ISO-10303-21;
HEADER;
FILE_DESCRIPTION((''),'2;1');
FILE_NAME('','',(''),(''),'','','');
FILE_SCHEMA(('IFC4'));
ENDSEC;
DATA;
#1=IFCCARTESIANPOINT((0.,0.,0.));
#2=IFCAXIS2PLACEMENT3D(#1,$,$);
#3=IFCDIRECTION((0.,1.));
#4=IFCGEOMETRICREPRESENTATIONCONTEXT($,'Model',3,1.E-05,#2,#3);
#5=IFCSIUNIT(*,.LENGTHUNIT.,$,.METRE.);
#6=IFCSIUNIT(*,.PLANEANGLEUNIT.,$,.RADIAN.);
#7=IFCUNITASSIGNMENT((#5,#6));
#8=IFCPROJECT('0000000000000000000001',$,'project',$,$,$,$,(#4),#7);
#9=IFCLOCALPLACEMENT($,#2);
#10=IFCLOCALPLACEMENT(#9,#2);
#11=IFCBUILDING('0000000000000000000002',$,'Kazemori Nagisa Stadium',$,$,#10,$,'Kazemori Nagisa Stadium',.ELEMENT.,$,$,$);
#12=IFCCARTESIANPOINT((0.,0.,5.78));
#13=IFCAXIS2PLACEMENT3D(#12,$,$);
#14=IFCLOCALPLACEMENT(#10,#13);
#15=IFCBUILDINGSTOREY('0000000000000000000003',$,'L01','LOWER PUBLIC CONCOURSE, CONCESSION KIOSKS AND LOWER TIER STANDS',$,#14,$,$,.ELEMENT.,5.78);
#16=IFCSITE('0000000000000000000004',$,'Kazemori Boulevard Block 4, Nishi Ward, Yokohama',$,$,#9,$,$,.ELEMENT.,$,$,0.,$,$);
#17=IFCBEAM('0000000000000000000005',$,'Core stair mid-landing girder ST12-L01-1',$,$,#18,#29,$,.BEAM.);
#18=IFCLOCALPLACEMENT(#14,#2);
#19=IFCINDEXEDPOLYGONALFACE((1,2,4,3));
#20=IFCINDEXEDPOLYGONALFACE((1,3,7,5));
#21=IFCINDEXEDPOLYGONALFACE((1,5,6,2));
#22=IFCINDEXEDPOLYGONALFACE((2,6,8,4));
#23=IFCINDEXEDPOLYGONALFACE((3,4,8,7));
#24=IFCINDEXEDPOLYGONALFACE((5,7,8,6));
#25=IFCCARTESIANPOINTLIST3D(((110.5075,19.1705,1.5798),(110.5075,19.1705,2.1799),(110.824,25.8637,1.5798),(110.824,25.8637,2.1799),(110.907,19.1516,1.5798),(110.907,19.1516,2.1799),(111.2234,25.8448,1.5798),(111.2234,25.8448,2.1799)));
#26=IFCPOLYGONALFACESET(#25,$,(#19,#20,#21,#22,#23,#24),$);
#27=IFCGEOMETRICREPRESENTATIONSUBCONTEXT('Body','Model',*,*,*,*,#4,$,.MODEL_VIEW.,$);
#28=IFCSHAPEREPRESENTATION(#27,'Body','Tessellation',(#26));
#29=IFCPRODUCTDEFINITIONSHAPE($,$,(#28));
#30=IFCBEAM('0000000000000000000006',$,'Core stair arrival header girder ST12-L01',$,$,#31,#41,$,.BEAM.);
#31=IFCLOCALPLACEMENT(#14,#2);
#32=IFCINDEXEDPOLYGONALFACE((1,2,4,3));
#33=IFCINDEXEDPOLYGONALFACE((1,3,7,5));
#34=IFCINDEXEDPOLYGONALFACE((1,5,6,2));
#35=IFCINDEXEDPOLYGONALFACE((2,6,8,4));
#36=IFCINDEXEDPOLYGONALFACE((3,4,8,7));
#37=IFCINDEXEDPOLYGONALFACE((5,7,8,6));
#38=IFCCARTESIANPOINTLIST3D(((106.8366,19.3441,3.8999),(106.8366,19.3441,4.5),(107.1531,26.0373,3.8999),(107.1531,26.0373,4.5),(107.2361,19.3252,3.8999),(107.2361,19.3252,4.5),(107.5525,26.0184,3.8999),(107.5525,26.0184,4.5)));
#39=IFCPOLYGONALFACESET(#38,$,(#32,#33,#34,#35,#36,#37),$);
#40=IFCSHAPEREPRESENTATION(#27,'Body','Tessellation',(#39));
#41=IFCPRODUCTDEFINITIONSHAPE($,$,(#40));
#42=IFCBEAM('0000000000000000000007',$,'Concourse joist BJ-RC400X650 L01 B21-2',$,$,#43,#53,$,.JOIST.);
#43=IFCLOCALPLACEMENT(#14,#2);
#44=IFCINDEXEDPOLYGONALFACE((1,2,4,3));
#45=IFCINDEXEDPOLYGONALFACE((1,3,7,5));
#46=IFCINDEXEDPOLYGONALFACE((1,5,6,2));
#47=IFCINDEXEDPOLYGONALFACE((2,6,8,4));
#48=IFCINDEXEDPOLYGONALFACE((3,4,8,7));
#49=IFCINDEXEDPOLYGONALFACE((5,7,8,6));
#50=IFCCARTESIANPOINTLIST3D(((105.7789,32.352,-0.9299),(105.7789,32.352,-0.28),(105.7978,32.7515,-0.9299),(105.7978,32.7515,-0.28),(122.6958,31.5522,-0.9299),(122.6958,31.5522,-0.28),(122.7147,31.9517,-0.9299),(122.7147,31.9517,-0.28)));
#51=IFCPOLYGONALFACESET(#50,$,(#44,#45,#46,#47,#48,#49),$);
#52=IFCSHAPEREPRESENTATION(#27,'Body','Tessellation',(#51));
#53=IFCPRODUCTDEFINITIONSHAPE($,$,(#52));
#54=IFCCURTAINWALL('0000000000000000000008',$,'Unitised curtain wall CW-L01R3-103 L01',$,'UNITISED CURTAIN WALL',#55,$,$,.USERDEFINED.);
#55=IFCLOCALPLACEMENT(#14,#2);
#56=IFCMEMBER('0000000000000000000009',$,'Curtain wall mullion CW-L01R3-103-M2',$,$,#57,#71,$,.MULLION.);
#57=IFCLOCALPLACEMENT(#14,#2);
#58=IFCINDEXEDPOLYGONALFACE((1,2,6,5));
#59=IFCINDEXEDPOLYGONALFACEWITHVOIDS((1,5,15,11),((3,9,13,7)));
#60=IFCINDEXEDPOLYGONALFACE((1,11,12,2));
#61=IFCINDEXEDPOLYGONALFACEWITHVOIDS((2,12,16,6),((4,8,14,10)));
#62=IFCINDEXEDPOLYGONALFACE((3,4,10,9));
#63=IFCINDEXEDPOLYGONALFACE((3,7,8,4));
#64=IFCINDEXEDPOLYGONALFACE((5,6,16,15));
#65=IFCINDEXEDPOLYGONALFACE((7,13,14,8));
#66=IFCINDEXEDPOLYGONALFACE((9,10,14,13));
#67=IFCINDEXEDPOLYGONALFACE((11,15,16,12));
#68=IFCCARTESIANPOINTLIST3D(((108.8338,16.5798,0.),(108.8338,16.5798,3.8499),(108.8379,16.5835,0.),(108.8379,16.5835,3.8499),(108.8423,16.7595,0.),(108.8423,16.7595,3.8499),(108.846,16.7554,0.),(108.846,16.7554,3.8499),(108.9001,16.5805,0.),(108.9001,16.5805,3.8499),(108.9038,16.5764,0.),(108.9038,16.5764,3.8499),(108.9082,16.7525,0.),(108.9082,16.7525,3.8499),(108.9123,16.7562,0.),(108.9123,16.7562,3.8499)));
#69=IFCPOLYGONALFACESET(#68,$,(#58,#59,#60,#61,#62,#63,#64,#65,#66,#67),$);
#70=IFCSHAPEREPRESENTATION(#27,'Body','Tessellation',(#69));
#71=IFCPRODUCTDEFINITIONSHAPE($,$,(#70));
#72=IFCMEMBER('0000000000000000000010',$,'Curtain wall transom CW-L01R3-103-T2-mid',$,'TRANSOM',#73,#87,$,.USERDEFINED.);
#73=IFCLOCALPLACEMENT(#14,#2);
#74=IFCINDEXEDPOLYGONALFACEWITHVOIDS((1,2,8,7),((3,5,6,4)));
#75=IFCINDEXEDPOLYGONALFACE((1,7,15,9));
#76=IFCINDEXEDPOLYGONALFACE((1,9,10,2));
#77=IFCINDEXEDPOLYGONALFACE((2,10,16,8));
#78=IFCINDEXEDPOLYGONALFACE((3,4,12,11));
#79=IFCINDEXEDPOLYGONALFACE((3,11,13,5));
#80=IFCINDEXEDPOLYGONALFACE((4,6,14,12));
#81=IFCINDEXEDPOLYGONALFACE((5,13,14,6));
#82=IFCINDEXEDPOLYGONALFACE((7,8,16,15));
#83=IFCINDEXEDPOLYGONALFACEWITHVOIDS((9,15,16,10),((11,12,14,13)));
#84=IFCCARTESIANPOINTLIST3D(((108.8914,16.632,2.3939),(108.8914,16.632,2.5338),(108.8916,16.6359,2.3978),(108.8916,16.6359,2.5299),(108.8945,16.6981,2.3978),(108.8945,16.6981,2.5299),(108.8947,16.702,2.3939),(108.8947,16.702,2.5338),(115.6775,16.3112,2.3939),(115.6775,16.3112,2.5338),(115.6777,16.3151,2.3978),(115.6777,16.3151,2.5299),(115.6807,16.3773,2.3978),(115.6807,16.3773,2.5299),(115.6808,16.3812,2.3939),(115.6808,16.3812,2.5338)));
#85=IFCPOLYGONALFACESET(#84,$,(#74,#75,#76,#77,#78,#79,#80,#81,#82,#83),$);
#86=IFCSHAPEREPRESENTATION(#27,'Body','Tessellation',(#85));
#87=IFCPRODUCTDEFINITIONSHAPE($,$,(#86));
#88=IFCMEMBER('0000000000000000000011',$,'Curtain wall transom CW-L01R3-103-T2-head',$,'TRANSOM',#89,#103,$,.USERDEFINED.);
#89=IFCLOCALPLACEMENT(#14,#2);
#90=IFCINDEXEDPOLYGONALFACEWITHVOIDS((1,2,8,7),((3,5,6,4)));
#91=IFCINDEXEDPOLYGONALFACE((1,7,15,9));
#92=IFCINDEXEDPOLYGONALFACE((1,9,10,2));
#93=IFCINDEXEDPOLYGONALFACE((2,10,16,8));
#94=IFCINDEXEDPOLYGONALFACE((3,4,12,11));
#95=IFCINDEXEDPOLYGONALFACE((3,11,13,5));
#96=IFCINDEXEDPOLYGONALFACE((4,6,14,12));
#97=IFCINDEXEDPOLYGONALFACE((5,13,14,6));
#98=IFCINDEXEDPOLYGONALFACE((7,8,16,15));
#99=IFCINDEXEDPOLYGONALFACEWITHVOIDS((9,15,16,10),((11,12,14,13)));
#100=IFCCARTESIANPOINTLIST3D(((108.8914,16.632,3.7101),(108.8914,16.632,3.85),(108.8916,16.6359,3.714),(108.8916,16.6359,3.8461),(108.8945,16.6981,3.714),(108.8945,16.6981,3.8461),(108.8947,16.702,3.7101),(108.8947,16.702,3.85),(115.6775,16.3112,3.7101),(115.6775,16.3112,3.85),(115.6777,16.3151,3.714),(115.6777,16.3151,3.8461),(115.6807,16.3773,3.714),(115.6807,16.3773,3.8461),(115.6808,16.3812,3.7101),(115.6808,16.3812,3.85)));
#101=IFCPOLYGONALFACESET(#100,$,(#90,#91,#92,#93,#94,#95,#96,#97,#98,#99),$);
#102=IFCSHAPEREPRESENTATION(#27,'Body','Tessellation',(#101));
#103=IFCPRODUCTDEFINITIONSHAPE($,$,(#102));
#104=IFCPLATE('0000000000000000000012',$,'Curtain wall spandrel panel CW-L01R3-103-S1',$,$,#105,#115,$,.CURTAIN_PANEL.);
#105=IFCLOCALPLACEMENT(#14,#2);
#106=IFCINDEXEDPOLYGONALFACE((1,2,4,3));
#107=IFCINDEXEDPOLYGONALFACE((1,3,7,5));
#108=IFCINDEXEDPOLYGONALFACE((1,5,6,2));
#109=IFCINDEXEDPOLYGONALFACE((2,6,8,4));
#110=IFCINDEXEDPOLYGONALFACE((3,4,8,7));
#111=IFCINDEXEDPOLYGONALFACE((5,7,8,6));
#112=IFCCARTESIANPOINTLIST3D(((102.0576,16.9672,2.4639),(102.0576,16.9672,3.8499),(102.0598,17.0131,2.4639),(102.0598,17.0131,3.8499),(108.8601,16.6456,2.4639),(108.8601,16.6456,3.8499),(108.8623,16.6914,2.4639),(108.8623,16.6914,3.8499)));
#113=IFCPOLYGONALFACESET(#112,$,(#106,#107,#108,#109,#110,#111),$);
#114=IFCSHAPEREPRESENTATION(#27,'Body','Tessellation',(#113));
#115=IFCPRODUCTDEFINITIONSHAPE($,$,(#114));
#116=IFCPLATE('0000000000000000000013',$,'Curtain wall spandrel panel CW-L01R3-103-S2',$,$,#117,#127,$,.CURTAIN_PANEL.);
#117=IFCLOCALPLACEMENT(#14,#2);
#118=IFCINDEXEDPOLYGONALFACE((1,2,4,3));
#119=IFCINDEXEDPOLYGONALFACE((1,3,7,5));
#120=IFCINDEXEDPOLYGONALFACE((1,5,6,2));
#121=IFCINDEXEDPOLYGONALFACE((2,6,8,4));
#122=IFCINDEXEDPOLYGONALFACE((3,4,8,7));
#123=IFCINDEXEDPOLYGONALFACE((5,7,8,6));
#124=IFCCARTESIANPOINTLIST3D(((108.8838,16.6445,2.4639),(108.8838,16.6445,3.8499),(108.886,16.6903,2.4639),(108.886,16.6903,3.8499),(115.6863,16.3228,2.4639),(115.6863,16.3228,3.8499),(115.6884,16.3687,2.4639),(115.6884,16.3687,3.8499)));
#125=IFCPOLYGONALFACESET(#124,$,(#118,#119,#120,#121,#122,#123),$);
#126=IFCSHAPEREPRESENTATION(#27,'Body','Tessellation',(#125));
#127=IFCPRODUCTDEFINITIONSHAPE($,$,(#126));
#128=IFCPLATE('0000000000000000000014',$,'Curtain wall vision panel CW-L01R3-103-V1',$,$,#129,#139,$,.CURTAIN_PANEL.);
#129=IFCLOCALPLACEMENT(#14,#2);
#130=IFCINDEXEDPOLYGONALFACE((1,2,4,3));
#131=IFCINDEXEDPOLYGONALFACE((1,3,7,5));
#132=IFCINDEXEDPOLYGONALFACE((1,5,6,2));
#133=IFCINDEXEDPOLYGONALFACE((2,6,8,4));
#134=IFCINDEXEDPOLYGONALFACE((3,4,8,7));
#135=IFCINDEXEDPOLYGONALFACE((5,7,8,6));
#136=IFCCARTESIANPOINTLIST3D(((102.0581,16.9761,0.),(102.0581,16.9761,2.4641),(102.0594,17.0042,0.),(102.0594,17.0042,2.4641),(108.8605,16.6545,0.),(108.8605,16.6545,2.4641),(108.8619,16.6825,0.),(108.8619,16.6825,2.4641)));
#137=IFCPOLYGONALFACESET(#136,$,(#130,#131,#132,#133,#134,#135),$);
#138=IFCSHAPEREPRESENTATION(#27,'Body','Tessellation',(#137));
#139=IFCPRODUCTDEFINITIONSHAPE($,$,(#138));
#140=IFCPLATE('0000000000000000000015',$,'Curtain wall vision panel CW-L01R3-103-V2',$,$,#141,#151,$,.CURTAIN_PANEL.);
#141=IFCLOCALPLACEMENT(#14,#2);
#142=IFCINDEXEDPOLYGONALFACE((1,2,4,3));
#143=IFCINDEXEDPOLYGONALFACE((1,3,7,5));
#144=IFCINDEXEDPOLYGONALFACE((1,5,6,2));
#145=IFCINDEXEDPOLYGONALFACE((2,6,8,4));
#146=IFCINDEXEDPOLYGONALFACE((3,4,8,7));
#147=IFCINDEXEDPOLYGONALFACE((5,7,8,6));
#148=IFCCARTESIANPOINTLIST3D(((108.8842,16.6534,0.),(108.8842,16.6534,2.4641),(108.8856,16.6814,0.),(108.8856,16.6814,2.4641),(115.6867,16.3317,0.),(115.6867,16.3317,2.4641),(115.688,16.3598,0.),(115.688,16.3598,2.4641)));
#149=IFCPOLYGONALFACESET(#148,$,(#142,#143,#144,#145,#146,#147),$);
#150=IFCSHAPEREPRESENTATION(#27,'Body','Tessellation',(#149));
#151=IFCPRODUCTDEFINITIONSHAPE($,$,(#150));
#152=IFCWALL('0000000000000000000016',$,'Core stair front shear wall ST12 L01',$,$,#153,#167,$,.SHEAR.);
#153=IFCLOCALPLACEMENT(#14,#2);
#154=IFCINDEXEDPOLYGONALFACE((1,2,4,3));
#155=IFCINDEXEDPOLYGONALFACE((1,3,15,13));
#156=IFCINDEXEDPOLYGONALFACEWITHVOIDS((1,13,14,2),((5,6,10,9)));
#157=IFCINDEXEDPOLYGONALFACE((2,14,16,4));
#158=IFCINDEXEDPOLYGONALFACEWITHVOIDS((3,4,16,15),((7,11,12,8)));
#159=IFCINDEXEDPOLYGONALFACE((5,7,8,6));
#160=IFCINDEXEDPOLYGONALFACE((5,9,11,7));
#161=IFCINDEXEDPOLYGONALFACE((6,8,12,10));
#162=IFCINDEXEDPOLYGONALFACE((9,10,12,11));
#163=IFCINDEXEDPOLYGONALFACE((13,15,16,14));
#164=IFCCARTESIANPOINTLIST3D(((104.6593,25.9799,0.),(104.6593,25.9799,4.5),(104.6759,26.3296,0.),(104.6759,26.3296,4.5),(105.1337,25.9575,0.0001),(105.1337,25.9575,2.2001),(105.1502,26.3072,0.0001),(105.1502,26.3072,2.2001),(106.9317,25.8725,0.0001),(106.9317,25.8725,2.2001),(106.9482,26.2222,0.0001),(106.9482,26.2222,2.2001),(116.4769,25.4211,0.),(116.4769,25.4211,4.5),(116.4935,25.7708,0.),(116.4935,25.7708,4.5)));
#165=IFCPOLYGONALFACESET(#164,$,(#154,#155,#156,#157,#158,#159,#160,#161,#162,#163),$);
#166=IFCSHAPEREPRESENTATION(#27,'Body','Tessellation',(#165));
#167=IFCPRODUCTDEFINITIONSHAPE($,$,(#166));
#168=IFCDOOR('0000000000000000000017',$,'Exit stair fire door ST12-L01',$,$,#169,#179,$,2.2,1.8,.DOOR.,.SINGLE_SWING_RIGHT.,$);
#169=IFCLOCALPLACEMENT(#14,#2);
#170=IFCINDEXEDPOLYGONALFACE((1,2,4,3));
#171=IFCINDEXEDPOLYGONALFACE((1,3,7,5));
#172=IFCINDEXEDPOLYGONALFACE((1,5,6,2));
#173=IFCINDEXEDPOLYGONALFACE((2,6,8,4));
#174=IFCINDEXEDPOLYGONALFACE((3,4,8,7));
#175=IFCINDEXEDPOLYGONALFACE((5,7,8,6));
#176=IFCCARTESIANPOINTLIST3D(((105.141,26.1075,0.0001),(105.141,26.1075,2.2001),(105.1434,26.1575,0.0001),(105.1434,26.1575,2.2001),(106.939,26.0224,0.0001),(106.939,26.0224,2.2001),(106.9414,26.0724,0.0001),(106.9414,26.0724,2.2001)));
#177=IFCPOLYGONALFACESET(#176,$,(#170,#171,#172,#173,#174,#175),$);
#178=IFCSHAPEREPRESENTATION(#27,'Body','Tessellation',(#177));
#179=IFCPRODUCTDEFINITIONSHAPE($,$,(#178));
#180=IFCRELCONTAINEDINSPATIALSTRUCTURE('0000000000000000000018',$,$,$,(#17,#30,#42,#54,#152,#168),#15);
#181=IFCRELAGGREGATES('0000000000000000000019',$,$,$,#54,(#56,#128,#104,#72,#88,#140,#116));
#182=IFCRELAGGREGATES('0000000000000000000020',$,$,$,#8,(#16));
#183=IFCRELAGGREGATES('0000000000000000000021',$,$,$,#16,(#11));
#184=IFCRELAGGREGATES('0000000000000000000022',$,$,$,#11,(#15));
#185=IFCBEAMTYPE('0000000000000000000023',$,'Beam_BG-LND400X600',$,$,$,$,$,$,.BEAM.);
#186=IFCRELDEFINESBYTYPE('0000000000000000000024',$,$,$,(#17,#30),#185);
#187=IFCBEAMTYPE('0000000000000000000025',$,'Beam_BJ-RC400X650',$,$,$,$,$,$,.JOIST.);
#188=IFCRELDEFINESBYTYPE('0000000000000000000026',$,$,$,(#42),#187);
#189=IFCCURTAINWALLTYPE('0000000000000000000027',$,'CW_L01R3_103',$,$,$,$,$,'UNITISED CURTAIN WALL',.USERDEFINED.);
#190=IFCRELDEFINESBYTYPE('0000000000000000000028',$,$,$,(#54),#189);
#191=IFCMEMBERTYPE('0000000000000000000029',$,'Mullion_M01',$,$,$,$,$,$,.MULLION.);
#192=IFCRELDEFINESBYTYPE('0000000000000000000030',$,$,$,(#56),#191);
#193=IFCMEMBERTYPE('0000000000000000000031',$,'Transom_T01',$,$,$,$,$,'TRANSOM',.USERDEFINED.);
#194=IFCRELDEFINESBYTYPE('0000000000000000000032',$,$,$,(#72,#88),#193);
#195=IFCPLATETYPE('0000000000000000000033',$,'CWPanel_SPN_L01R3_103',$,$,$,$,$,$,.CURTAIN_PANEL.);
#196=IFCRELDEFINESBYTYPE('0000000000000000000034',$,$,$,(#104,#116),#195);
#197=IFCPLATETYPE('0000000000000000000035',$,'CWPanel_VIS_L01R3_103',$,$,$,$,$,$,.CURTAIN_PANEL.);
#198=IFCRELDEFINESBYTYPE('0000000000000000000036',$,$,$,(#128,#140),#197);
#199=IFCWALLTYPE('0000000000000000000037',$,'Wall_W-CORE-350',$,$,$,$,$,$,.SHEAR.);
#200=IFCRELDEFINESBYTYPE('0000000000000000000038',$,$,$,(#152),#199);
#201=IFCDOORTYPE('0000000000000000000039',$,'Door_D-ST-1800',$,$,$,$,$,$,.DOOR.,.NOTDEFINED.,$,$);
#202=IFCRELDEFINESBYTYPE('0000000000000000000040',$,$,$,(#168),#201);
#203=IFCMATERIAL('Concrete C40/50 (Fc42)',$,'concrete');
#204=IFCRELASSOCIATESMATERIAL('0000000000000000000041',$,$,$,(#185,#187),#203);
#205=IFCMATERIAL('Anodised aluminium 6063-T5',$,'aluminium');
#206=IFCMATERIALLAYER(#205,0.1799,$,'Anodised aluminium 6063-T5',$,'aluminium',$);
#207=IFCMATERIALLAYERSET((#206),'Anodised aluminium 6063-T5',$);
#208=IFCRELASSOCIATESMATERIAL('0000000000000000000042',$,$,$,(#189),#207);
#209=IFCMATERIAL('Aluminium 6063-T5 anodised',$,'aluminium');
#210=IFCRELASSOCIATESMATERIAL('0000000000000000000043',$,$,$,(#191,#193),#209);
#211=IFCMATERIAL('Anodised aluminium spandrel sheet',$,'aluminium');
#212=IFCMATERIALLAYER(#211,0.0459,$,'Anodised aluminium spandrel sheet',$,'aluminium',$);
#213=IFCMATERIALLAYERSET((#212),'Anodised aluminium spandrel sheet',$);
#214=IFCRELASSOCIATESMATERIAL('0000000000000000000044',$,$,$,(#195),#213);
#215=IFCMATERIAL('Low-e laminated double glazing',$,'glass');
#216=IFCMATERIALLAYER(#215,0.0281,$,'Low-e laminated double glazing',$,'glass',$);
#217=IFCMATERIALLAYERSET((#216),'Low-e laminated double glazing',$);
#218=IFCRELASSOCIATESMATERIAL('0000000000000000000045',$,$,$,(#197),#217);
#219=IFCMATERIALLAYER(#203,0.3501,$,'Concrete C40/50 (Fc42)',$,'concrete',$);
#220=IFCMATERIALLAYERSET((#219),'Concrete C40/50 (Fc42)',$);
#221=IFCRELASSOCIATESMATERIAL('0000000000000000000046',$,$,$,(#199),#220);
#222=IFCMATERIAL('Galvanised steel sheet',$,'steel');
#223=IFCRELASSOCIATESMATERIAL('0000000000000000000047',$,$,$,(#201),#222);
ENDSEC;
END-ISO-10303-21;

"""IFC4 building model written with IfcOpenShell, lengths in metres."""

from ifc_helpers import new_model, si_unit, direction, frame, frame_2d, origin, origin_2d, place, context, subcontext, project, spatial, rectangle, hollow_rectangle, extrude, material, layer, layer_set, material_profile, profile_set, type_object, element, fill, aggregate, save


model = new_model("IFC4")

# Units and contexts
model_context = context("Model", 3, precision=1e-05, world=origin(), true_north=direction((0.0, 1.0)))
body_context = subcontext(model_context, "Body", "Model", "MODEL_VIEW")
ifc_project = project(units=[si_unit("LENGTHUNIT", "METRE"), si_unit("PLANEANGLEUNIT", "RADIAN")], contexts=[model_context])

# Site, building, storey
site_placement = place(None, origin())
site = spatial("IfcSite", under=ifc_project, at=site_placement, Name="Kazemori Boulevard Block 4, Nishi Ward, Yokohama", CompositionType="ELEMENT", RefElevation=0.0)
building_placement = place(site_placement, origin())
building = spatial("IfcBuilding", under=site, at=building_placement, Name="Kazemori Nagisa Stadium", LongName="Kazemori Nagisa Stadium", CompositionType="ELEMENT")
storey_placement = place(building_placement, frame((0.0, 0.0, 5.78)))
storey = spatial("IfcBuildingStorey", under=building, at=storey_placement, Name="L01", Description="LOWER PUBLIC CONCOURSE, CONCESSION KIOSKS AND LOWER TIER STANDS", CompositionType="ELEMENT", Elevation=5.78)

# Beams
ifc_material_1 = material(Name="Concrete C40/50 (Fc42)", Category="concrete")
ifc_material_profile_1 = material_profile(ifc_material_1, rectangle(XDim=0.3999, YDim=0.6001, at=origin_2d()), Name="RC-BM-400x600")
ifc_profile_set_1 = profile_set([ifc_material_profile_1], Name="Concrete C40/50 (Fc42)")
beam_type_1 = type_object("IfcBeamType", Name="Beam_BG-LND400X600", PredefinedType="BEAM", material=ifc_profile_set_1)
for number, where, z_axis, x_axis, name in (
    (1, (111.0237, 25.8542, 1.8799), (-0.047221, -0.998884, 0.0), (0.998884, -0.047221, 0.0), "Core stair mid-landing girder ST12-L01-1"),
    (2, (107.3528, 26.0278, 4.2), (-0.047221, -0.998884, 0.0), (0.998884, -0.047221, 0.0), "Core stair arrival header girder ST12-L01"),
):
    element("IfcBeam", number, at=place(storey_placement, frame(where, z_axis=z_axis, x_axis=x_axis)), inside=storey, type_object=beam_type_1, Name=name, PredefinedType="BEAM", context=body_context, shape_type="SweptSolid", body=[
        extrude(rectangle(XDim=0.3999, YDim=0.6001, at=origin_2d()), origin(), (0.0, 0.0, 1.0), 6.7007),
    ])
ifc_material_profile_2 = material_profile(ifc_material_1, rectangle(XDim=0.3999, YDim=0.6499, at=origin_2d()), Name="RC-BM-400x650")
ifc_profile_set_2 = profile_set([ifc_material_profile_2], Name="Concrete C40/50 (Fc42)")
beam_type_2 = type_object("IfcBeamType", Name="Beam_BJ-RC400X650", PredefinedType="JOIST", material=ifc_profile_set_2)
beam_placement = place(storey_placement, frame((105.7883, 32.5518, -0.605), z_axis=(0.998884, -0.047225, 0.0), x_axis=(0.047225, 0.998884, 0.0)))
element("IfcBeam", 3, at=beam_placement, inside=storey, type_object=beam_type_2, Name="Concourse joist BJ-RC400X650 L01 B21-2", PredefinedType="JOIST", context=body_context, shape_type="SweptSolid", body=[
    extrude(rectangle(XDim=0.3999, YDim=0.6499, at=origin_2d()), origin(), (0.0, 0.0, 1.0), 16.9358),
])

# Curtain wall, members, plates
ifc_material_2 = material(Name="Anodised aluminium 6063-T5", Category="aluminium")
ifc_layer_1 = layer(ifc_material_2, 0.1799, Name="Anodised aluminium 6063-T5", Category="aluminium")
ifc_layer_set_1 = layer_set([ifc_layer_1], Name="Anodised aluminium 6063-T5")
curtain_wall_type = type_object("IfcCurtainWallType", Name="CW_L01R3_103", ElementType="UNITISED CURTAIN WALL", PredefinedType="USERDEFINED", material=ifc_layer_set_1)
curtain_wall_placement = place(storey_placement, origin())
curtain_wall = element("IfcCurtainWall", 4, at=curtain_wall_placement, inside=storey, type_object=curtain_wall_type, Name="Unitised curtain wall CW-L01R3-103 L01", ObjectType="UNITISED CURTAIN WALL", PredefinedType="USERDEFINED")
ifc_material_3 = material(Name="Aluminium 6063-T5 anodised", Category="aluminium")
ifc_material_profile_3 = material_profile(ifc_material_3, hollow_rectangle(XDim=0.0701, YDim=0.1799, WallThickness=0.0039, at=origin_2d()), Name="ALU-MULL-70x180x4")
ifc_profile_set_3 = profile_set([ifc_material_profile_3], Name="Aluminium 6063-T5 anodised")
member_type_1 = type_object("IfcMemberType", Name="Mullion_M01", PredefinedType="MULLION", material=ifc_profile_set_3)
member_1_placement = place(storey_placement, frame((108.873, 16.668, 0.0), z_axis=(0.0, 0.0, 1.0), x_axis=(0.998884, -0.04723, 0.0)))
member_1 = element("IfcMember", 5, at=member_1_placement, type_object=member_type_1, Name="Curtain wall mullion CW-L01R3-103-M2", PredefinedType="MULLION", context=body_context, shape_type="SweptSolid", body=[
    extrude(hollow_rectangle(XDim=0.0701, YDim=0.1799, WallThickness=0.0039, at=origin_2d()), origin(), (0.0, 0.0, 1.0), 3.8499),
])
ifc_material_profile_4 = material_profile(ifc_material_3, hollow_rectangle(XDim=0.0701, YDim=0.1399, WallThickness=0.0039, at=origin_2d()), Name="ALU-TRAN-70x140x4")
ifc_profile_set_4 = profile_set([ifc_material_profile_4], Name="Aluminium 6063-T5 anodised")
member_type_2 = type_object("IfcMemberType", Name="Transom_T01", ElementType="TRANSOM", PredefinedType="USERDEFINED", material=ifc_profile_set_4)
member_2_placement = place(storey_placement, frame((108.8931, 16.667, 2.4639), z_axis=(0.998885, -0.04722, 0.0), x_axis=(0.04722, 0.998885, 0.0)))
member_2 = element("IfcMember", 6, at=member_2_placement, type_object=member_type_2, Name="Curtain wall transom CW-L01R3-103-T2-mid", ObjectType="TRANSOM", PredefinedType="USERDEFINED", context=body_context, shape_type="SweptSolid", body=[
    extrude(hollow_rectangle(XDim=0.0701, YDim=0.1399, WallThickness=0.0039, at=origin_2d()), origin(), (0.0, 0.0, 1.0), 6.7937),
])
member_3_placement = place(storey_placement, frame((108.8931, 16.667, 3.78), z_axis=(0.998885, -0.04722, 0.0), x_axis=(0.04722, 0.998885, 0.0)))
member_3 = element("IfcMember", 7, at=member_3_placement, type_object=member_type_2, Name="Curtain wall transom CW-L01R3-103-T2-head", ObjectType="TRANSOM", PredefinedType="USERDEFINED", context=body_context, shape_type="SweptSolid", body=[
    extrude(hollow_rectangle(XDim=0.0701, YDim=0.1399, WallThickness=0.0039, at=origin_2d()), origin(), (0.0, 0.0, 1.0), 6.7937),
])
ifc_material_4 = material(Name="Anodised aluminium spandrel sheet", Category="aluminium")
ifc_layer_2 = layer(ifc_material_4, 0.0459, Name="Anodised aluminium spandrel sheet", Category="aluminium")
ifc_layer_set_2 = layer_set([ifc_layer_2], Name="Anodised aluminium spandrel sheet")
plate_type_1 = type_object("IfcPlateType", Name="CWPanel_SPN_L01R3_103", PredefinedType="CURTAIN_PANEL", material=ifc_layer_set_2)
plate_1_placement = place(storey_placement, frame((105.46, 16.8293, 2.4639), z_axis=(0.0, 0.0, 1.0), x_axis=(0.998884, -0.04723, 0.0)))
plate_1 = element("IfcPlate", 8, at=plate_1_placement, type_object=plate_type_1, Name="Curtain wall spandrel panel CW-L01R3-103-S1", PredefinedType="CURTAIN_PANEL", context=body_context, shape_type="SweptSolid", body=[
    extrude(rectangle(XDim=6.8101, YDim=0.0459, at=origin_2d()), origin(), (0.0, 0.0, 1.0), 1.386),
])
plate_2_placement = place(storey_placement, frame((112.2861, 16.5066, 2.4639), z_axis=(0.0, 0.0, 1.0), x_axis=(0.998884, -0.04723, 0.0)))
plate_2 = element("IfcPlate", 9, at=plate_2_placement, type_object=plate_type_1, Name="Curtain wall spandrel panel CW-L01R3-103-S2", PredefinedType="CURTAIN_PANEL", context=body_context, shape_type="SweptSolid", body=[
    extrude(rectangle(XDim=6.8101, YDim=0.0459, at=origin_2d()), origin(), (0.0, 0.0, 1.0), 1.386),
])
ifc_material_5 = material(Name="Low-e laminated double glazing", Category="glass")
ifc_layer_3 = layer(ifc_material_5, 0.0281, Name="Low-e laminated double glazing", Category="glass")
ifc_layer_set_3 = layer_set([ifc_layer_3], Name="Low-e laminated double glazing")
plate_type_2 = type_object("IfcPlateType", Name="CWPanel_VIS_L01R3_103", PredefinedType="CURTAIN_PANEL", material=ifc_layer_set_3)
plate_3_placement = place(storey_placement, frame((105.46, 16.8293, 0.0), z_axis=(0.0, 0.0, 1.0), x_axis=(0.998884, -0.04723, 0.0)))
plate_3 = element("IfcPlate", 10, at=plate_3_placement, type_object=plate_type_2, Name="Curtain wall vision panel CW-L01R3-103-V1", PredefinedType="CURTAIN_PANEL", context=body_context, shape_type="SweptSolid", body=[
    extrude(rectangle(XDim=6.8101, YDim=0.0281, at=origin_2d()), origin(), (0.0, 0.0, 1.0), 2.4641),
])
plate_4_placement = place(storey_placement, frame((112.2861, 16.5066, 0.0), z_axis=(0.0, 0.0, 1.0), x_axis=(0.998884, -0.04723, 0.0)))
plate_4 = element("IfcPlate", 11, at=plate_4_placement, type_object=plate_type_2, Name="Curtain wall vision panel CW-L01R3-103-V2", PredefinedType="CURTAIN_PANEL", context=body_context, shape_type="SweptSolid", body=[
    extrude(rectangle(XDim=6.8101, YDim=0.0281, at=origin_2d()), origin(), (0.0, 0.0, 1.0), 2.4641),
])
aggregate(curtain_wall, [member_1, plate_3, plate_1, member_2, member_3, plate_4, plate_2])

# Wall, opening, door
ifc_layer_4 = layer(ifc_material_1, 0.3501, Name="Concrete C40/50 (Fc42)", Category="concrete")
ifc_layer_set_4 = layer_set([ifc_layer_4], Name="Concrete C40/50 (Fc42)")
wall_type_1 = type_object("IfcWallType", Name="Wall_W-CORE-350", PredefinedType="SHEAR", material=ifc_layer_set_4)
wall_1_placement = place(storey_placement, frame((104.6675, 26.1548, 0.0), z_axis=(0.0, 0.0, 1.0), x_axis=(0.998884, -0.047236, 0.0)))
wall_1 = element("IfcWall", 12, at=wall_1_placement, inside=storey, type_object=wall_type_1, Name="Core stair front shear wall ST12 L01", PredefinedType="SHEAR", context=body_context, shape_type="SweptSolid", body=[
    extrude(rectangle(XDim=11.8308, YDim=0.3501, at=frame_2d((5.9155, 0.0))), origin(), (0.0, 0.0, 1.0), 4.5),
])
opening_1_placement = place(wall_1_placement, frame((0.4751, 0.0, 0.0)))
opening_1 = element("IfcOpeningElement", 13, at=opening_1_placement, cuts=wall_1, PredefinedType="OPENING", context=body_context, shape_type="SweptSolid", body=[
    extrude(rectangle(XDim=1.8, YDim=2.2, at=frame_2d((0.8999, 1.1001))), frame((0.0, 0.1851, 0.0), z_axis=(0.0, -1.0, 0.0), x_axis=(1.0, 0.0, 0.0)), (0.0, 0.0, 1.0), 0.3701),
])
ifc_material_6 = material(Name="Galvanised steel sheet", Category="steel")
door_type_1 = type_object("IfcDoorType", Name="Door_D-ST-1800", OperationType="NOTDEFINED", PredefinedType="DOOR", material=ifc_material_6)
door_1_placement = place(opening_1_placement, frame((1.8, 0.0, 0.0), z_axis=(0.0, 0.0, 1.0), x_axis=(-1.0, 0.0, 0.0)))
door_1 = element("IfcDoor", 14, at=door_1_placement, inside=storey, type_object=door_type_1, Name="Exit stair fire door ST12-L01", OperationType="SINGLE_SWING_RIGHT", OverallHeight=2.2, OverallWidth=1.8, PredefinedType="DOOR", context=body_context, shape_type="SweptSolid", body=[
    extrude(rectangle(XDim=1.8, YDim=2.2, at=frame_2d((0.8999, 1.1001))), frame((0.0, 0.0249, 0.0), z_axis=(0.0, -1.0, 0.0), x_axis=(1.0, 0.0, 0.0)), (0.0, 0.0, 1.0), 0.05),
])
fill(opening_1, door_1)

save(model, "model.ifc")
